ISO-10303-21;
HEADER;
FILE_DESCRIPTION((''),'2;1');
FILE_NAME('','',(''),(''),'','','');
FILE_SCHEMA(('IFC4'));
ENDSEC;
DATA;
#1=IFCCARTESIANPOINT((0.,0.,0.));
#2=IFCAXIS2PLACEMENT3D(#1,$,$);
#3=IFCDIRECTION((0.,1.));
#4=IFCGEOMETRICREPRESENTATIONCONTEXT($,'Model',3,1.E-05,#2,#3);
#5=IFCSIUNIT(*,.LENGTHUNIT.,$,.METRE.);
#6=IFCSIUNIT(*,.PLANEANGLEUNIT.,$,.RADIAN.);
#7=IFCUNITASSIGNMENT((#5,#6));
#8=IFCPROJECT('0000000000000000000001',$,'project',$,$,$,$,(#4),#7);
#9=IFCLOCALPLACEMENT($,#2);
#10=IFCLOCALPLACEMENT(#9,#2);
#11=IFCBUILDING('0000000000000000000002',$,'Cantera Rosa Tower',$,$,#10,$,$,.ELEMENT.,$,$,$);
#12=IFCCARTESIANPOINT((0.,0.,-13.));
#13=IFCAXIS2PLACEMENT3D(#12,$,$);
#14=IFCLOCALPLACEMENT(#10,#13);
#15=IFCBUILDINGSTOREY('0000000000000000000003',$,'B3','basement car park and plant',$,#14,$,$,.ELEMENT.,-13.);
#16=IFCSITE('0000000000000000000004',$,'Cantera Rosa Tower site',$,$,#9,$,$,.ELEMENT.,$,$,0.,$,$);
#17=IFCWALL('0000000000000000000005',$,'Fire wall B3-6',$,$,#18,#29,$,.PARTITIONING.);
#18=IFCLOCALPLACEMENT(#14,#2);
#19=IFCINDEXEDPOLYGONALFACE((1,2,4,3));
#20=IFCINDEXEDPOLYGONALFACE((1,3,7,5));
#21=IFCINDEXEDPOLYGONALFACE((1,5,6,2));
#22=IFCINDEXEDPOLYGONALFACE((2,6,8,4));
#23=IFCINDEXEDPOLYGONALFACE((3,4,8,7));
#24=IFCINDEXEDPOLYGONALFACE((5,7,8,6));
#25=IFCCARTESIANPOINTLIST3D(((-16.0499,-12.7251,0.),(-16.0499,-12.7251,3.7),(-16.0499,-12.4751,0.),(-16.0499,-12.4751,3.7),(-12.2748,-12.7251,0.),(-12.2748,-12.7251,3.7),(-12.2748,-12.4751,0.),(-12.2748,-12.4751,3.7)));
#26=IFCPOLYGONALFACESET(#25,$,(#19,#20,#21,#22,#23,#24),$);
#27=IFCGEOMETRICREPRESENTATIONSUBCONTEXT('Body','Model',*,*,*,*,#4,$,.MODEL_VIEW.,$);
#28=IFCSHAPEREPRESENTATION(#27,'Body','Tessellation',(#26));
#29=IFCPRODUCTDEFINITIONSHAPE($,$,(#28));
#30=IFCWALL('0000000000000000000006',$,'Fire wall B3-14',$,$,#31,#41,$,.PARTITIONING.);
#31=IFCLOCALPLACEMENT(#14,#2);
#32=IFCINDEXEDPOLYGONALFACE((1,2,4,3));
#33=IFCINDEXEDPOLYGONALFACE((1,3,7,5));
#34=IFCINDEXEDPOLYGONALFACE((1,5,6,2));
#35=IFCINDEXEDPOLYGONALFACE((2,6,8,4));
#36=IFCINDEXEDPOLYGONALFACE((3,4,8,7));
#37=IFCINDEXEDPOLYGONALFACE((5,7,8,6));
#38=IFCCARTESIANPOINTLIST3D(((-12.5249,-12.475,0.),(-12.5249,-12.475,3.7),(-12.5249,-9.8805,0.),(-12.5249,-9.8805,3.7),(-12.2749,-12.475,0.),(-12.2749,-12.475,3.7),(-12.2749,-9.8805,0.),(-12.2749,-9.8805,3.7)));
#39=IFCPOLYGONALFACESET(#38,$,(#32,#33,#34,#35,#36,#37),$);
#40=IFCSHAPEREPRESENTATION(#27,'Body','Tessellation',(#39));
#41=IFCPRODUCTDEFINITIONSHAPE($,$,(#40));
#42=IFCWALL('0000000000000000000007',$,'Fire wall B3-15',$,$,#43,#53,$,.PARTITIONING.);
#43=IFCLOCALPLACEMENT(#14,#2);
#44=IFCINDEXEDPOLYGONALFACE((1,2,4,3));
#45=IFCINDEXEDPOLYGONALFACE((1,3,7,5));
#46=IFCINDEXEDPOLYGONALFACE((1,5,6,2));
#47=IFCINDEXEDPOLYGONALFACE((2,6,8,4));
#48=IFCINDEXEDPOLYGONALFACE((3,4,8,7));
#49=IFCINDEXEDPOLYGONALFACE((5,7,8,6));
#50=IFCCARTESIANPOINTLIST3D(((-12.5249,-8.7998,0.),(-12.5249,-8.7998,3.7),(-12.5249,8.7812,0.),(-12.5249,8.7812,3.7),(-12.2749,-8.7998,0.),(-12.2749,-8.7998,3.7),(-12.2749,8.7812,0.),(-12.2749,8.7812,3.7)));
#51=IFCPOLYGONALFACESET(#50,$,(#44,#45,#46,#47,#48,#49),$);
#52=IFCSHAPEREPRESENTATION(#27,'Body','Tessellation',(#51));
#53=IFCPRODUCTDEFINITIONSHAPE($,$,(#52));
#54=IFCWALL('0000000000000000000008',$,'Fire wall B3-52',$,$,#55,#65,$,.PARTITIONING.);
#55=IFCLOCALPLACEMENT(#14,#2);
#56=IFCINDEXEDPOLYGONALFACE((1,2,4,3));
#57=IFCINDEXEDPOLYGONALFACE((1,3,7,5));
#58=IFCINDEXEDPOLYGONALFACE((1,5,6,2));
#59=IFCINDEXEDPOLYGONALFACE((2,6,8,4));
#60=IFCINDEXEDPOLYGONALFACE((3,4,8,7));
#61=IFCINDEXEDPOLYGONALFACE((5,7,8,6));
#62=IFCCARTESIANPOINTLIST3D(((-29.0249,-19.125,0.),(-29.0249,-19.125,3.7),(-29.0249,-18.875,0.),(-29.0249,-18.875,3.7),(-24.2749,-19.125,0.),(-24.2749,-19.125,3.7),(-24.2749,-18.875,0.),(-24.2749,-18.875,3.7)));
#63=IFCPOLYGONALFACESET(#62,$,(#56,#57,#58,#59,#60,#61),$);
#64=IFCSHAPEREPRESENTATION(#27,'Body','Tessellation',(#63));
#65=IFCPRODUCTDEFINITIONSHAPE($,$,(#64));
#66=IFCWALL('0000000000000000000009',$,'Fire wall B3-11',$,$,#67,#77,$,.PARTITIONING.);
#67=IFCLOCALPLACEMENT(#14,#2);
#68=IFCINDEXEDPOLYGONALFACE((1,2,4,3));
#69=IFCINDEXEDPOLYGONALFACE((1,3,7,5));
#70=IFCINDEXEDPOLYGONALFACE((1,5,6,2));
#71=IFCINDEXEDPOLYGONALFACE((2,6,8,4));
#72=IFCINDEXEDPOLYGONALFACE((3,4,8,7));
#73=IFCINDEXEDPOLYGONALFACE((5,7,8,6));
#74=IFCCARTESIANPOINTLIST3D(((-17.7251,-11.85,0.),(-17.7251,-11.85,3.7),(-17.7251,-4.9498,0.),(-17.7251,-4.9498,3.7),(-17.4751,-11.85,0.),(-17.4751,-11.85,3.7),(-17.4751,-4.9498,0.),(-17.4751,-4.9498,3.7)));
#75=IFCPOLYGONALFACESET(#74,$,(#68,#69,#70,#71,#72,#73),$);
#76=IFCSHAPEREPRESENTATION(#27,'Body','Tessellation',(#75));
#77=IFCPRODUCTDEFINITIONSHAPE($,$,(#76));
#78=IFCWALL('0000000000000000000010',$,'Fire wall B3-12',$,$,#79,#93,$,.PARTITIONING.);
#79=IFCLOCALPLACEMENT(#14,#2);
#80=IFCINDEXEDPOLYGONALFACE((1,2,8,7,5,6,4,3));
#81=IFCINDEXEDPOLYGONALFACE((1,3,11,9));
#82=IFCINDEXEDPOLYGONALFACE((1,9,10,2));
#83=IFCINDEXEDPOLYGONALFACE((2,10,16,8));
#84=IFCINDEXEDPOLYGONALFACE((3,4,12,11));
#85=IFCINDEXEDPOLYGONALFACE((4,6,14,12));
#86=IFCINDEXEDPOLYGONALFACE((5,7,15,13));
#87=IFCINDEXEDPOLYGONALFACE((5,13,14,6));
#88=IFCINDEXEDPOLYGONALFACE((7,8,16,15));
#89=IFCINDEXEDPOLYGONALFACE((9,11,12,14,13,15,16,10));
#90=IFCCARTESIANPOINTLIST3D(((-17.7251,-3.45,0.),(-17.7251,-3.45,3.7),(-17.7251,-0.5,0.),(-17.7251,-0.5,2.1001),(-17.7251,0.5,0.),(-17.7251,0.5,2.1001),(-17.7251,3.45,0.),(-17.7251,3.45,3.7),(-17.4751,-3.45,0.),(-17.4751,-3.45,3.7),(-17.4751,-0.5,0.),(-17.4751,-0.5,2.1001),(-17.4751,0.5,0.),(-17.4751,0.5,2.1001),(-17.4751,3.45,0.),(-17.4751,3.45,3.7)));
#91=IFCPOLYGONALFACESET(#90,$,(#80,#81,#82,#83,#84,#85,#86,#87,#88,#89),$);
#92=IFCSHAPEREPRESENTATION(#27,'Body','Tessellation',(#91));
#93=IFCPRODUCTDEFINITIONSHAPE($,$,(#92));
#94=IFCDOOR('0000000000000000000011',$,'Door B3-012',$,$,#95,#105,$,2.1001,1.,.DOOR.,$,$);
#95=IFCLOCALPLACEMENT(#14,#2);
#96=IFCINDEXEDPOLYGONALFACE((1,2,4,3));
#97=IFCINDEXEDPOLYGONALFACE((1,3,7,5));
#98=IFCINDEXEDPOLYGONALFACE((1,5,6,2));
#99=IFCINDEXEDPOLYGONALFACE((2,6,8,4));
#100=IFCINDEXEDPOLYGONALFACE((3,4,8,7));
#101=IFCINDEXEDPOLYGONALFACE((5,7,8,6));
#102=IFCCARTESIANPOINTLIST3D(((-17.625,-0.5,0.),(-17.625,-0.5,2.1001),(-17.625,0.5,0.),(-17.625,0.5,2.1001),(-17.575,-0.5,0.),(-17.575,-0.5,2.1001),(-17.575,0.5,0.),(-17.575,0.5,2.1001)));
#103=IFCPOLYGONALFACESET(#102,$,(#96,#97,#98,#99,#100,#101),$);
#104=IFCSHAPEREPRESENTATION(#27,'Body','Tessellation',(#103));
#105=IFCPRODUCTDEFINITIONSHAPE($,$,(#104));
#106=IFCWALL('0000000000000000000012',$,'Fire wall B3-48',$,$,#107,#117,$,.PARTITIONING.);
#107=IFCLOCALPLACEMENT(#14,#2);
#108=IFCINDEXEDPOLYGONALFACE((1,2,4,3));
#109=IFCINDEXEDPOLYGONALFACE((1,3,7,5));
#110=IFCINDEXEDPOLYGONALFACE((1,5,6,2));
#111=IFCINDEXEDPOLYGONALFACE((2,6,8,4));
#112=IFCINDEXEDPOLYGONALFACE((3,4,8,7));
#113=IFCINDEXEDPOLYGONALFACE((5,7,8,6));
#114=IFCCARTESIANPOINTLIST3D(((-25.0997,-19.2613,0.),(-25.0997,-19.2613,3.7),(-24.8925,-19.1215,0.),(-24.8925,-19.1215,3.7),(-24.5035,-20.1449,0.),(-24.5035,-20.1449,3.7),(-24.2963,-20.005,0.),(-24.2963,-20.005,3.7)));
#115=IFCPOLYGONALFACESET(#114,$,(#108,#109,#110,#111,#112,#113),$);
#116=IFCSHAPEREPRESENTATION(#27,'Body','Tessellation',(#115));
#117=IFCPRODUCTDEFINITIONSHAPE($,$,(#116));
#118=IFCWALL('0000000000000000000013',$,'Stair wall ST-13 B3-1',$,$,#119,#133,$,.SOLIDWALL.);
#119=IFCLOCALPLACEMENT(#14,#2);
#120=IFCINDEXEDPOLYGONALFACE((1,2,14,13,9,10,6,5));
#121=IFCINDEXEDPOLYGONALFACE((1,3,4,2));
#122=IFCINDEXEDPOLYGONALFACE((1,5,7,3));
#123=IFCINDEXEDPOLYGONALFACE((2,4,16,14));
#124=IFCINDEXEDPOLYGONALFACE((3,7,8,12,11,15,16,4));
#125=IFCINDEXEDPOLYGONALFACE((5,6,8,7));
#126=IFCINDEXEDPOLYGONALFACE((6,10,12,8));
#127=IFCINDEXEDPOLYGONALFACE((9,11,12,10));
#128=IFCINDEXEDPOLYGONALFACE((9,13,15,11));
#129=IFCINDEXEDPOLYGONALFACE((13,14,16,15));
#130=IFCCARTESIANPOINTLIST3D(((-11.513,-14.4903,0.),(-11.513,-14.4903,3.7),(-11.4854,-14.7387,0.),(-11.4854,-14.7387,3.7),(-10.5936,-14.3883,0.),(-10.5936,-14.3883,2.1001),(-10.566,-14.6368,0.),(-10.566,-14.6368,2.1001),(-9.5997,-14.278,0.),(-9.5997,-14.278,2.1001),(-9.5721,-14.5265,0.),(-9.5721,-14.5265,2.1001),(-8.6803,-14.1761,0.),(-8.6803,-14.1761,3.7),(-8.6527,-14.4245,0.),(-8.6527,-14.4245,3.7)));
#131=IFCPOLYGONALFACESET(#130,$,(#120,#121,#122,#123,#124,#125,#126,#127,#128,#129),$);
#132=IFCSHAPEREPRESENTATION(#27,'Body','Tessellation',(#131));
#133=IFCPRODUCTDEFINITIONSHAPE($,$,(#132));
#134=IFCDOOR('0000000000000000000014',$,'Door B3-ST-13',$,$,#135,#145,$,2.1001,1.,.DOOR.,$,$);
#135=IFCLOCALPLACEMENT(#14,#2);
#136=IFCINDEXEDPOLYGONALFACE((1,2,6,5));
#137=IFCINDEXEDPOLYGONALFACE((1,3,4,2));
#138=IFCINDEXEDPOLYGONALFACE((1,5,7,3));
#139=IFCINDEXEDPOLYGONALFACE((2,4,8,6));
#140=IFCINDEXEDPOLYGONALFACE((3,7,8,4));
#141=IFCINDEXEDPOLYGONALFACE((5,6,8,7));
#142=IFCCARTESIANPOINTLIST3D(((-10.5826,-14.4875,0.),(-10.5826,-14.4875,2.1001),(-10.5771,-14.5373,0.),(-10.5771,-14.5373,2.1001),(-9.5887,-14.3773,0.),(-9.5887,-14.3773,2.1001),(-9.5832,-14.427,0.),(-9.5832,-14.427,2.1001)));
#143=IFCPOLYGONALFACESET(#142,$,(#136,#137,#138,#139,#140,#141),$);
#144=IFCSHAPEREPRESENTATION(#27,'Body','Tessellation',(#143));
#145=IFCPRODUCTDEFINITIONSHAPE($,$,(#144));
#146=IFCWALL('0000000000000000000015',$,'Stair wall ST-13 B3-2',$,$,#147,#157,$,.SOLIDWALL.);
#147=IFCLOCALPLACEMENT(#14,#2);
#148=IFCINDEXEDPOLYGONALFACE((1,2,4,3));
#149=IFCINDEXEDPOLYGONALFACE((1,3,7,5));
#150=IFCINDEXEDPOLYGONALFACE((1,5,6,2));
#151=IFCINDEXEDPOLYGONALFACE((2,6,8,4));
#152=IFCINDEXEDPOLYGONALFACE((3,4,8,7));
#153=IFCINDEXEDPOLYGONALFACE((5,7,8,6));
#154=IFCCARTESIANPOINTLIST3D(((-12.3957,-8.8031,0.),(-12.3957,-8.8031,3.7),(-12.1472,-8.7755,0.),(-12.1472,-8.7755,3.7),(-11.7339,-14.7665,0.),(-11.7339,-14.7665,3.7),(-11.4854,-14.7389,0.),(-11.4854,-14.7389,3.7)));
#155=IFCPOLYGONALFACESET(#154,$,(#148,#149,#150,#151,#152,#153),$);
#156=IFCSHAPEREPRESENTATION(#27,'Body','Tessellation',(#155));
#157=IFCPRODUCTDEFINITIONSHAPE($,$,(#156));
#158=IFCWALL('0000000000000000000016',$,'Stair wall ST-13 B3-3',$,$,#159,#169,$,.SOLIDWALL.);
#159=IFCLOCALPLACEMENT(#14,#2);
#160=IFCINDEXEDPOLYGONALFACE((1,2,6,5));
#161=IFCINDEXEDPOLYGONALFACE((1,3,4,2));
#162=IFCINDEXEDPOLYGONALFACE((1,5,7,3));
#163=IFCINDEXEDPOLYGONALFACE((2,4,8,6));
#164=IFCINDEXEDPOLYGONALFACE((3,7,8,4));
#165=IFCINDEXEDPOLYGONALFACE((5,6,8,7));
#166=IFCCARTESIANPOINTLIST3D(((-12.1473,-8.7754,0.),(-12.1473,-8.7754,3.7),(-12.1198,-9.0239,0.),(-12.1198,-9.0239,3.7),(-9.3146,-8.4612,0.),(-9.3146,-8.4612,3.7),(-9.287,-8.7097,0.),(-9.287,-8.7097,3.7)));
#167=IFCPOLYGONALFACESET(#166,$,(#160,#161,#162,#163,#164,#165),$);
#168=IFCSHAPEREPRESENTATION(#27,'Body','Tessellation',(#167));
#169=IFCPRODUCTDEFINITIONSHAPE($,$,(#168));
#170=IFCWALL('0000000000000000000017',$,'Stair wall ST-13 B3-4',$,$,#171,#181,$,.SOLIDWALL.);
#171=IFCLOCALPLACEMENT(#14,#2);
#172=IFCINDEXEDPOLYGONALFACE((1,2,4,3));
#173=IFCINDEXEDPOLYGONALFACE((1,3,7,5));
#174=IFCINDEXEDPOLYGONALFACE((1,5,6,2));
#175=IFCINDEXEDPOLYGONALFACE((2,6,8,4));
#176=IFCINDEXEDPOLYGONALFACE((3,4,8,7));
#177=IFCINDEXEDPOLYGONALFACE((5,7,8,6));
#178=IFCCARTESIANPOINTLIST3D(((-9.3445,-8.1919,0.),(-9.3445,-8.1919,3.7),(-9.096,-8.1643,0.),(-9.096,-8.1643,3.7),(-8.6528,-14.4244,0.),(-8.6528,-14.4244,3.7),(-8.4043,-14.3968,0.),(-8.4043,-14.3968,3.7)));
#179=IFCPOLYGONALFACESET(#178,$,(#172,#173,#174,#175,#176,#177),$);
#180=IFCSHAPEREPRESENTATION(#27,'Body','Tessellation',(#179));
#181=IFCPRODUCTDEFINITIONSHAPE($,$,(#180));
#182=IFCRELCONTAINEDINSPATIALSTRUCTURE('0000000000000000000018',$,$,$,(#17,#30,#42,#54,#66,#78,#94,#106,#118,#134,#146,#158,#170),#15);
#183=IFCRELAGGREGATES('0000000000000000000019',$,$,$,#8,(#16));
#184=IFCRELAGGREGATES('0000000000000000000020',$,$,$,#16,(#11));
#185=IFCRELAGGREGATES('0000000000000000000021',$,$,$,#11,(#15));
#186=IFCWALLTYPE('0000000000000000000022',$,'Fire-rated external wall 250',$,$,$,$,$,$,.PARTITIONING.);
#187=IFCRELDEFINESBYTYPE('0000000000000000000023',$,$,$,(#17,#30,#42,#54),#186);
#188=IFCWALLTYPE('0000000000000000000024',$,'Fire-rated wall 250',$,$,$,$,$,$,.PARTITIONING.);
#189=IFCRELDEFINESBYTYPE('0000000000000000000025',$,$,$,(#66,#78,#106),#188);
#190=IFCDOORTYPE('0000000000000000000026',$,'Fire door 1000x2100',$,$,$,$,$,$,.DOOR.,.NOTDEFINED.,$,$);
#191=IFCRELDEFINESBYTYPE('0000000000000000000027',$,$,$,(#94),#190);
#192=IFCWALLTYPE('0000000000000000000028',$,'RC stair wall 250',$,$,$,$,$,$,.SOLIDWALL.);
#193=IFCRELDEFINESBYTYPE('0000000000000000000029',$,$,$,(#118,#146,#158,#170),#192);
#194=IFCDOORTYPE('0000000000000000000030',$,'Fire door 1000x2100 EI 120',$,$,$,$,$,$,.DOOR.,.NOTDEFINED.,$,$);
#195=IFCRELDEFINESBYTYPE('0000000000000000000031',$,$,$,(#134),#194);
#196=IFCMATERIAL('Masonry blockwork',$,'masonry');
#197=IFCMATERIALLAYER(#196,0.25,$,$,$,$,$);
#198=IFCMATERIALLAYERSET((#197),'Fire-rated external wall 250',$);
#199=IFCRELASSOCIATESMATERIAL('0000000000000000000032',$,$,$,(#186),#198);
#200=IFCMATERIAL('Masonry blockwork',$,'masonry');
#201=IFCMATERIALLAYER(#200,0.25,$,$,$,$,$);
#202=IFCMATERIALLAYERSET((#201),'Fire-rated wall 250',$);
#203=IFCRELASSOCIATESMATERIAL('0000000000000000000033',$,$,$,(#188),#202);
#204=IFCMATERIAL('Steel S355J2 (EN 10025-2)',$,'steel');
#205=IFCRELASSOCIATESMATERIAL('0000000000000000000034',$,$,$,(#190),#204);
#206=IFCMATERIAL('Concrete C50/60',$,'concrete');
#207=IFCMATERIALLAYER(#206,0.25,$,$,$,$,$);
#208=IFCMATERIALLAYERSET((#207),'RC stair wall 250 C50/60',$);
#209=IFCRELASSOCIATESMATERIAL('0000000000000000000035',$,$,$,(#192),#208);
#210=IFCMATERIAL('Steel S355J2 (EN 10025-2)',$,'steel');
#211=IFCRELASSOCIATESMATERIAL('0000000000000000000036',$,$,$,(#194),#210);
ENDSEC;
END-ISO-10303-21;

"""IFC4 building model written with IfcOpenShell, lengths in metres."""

from ifc_helpers import new_model, si_unit, direction, frame, frame_2d, origin, place, context, subcontext, project, spatial, rectangle, extrude, material, layer, layer_set, type_object, element, fill, save


model = new_model("IFC4")

# Units and contexts
model_context = context("Model", 3, precision=1e-05, world=origin(), true_north=direction((0.0, 1.0)))
body_context = subcontext(model_context, "Body", "Model", "MODEL_VIEW")
ifc_project = project(units=[si_unit("LENGTHUNIT", "METRE"), si_unit("PLANEANGLEUNIT", "RADIAN")], contexts=[model_context])

# Site, building, storey
site_placement = place(None, origin())
site = spatial("IfcSite", under=ifc_project, at=site_placement, Name="Cantera Rosa Tower site", CompositionType="ELEMENT", RefElevation=0.0)
building_placement = place(site_placement, origin())
building = spatial("IfcBuilding", under=site, at=building_placement, Name="Cantera Rosa Tower", CompositionType="ELEMENT")
storey_placement = place(building_placement, frame((0.0, 0.0, -13.0)))
storey = spatial("IfcBuildingStorey", under=building, at=storey_placement, Name="B3", Description="basement car park and plant", CompositionType="ELEMENT", Elevation=-13.0)

# Walls
ifc_material_1 = material(Name="Masonry blockwork", Category="masonry")
ifc_layer_1 = layer(ifc_material_1, 0.25)
ifc_layer_set_1 = layer_set([ifc_layer_1], Name="Fire-rated external wall 250")
wall_type_1 = type_object("IfcWallType", Name="Fire-rated external wall 250", PredefinedType="PARTITIONING", material=ifc_layer_set_1)
wall_1_placement = place(storey_placement, frame((-16.05, -12.6001, 0.0), z_axis=(0.0, 0.0, 1.0), x_axis=(1.0, 0.0, 0.0)))
element("IfcWall", 1, at=wall_1_placement, inside=storey, type_object=wall_type_1, Name="Fire wall B3-6", PredefinedType="PARTITIONING", context=body_context, shape_type="SweptSolid", body=[
    extrude(rectangle(XDim=3.7751, YDim=0.25, at=frame_2d((1.8877, 0.0))), origin(), (0.0, 0.0, 1.0), 3.7),
])
wall_2_placement = place(storey_placement, frame((-12.3999, -12.4751, 0.0), z_axis=(0.0, 0.0, 1.0), x_axis=(0.0, 1.0, 0.0)))
element("IfcWall", 2, at=wall_2_placement, inside=storey, type_object=wall_type_1, Name="Fire wall B3-14", PredefinedType="PARTITIONING", context=body_context, shape_type="SweptSolid", body=[
    extrude(rectangle(XDim=2.5945, YDim=0.25, at=frame_2d((1.2974, 0.0))), origin(), (0.0, 0.0, 1.0), 3.7),
])
wall_3_placement = place(storey_placement, frame((-12.3999, -8.7998, 0.0), z_axis=(0.0, 0.0, 1.0), x_axis=(0.0, 1.0, 0.0)))
element("IfcWall", 3, at=wall_3_placement, inside=storey, type_object=wall_type_1, Name="Fire wall B3-15", PredefinedType="PARTITIONING", context=body_context, shape_type="SweptSolid", body=[
    extrude(rectangle(XDim=17.5811, YDim=0.25, at=frame_2d((8.7905, 0.0))), origin(), (0.0, 0.0, 1.0), 3.7),
])
wall_4_placement = place(storey_placement, frame((-29.0249, -19.0, 0.0), z_axis=(0.0, 0.0, 1.0), x_axis=(1.0, 0.0, 0.0)))
element("IfcWall", 4, at=wall_4_placement, inside=storey, type_object=wall_type_1, Name="Fire wall B3-52", PredefinedType="PARTITIONING", context=body_context, shape_type="SweptSolid", body=[
    extrude(rectangle(XDim=4.75, YDim=0.25, at=frame_2d((2.375, 0.0))), origin(), (0.0, 0.0, 1.0), 3.7),
])
ifc_material_2 = material(Name="Masonry blockwork", Category="masonry")
ifc_layer_2 = layer(ifc_material_2, 0.25)
ifc_layer_set_2 = layer_set([ifc_layer_2], Name="Fire-rated wall 250")
wall_type_2 = type_object("IfcWallType", Name="Fire-rated wall 250", PredefinedType="PARTITIONING", material=ifc_layer_set_2)
wall_5_placement = place(storey_placement, frame((-17.6001, -11.8501, 0.0), z_axis=(0.0, 0.0, 1.0), x_axis=(0.0, 1.0, 0.0)))
element("IfcWall", 5, at=wall_5_placement, inside=storey, type_object=wall_type_2, Name="Fire wall B3-11", PredefinedType="PARTITIONING", context=body_context, shape_type="SweptSolid", body=[
    extrude(rectangle(XDim=6.9001, YDim=0.25, at=frame_2d((3.4502, 0.0))), origin(), (0.0, 0.0, 1.0), 3.7),
])

# Wall, opening, door
wall_6_placement = place(storey_placement, frame((-17.6001, -3.45, 0.0), z_axis=(0.0, 0.0, 1.0), x_axis=(0.0, 1.0, 0.0)))
wall_6 = element("IfcWall", 6, at=wall_6_placement, inside=storey, type_object=wall_type_2, Name="Fire wall B3-12", PredefinedType="PARTITIONING", context=body_context, shape_type="SweptSolid", body=[
    extrude(rectangle(XDim=6.8999, YDim=0.25, at=frame_2d((3.45, 0.0))), origin(), (0.0, 0.0, 1.0), 3.7),
])
opening_1_placement = place(wall_6_placement, frame((2.95, 0.0, 0.0)))
opening_1 = element("IfcOpeningElement", 7, at=opening_1_placement, cuts=wall_6, PredefinedType="OPENING", context=body_context, shape_type="SweptSolid", body=[
    extrude(rectangle(XDim=1.0, YDim=2.1001, at=frame_2d((0.5, 1.05))), frame((0.0, 0.135, 0.0), z_axis=(0.0, -1.0, 0.0), x_axis=(1.0, 0.0, 0.0)), (0.0, 0.0, 1.0), 0.27),
])
ifc_material_3 = material(Name="Steel S355J2 (EN 10025-2)", Category="steel")
door_type_1 = type_object("IfcDoorType", Name="Fire door 1000x2100", OperationType="NOTDEFINED", PredefinedType="DOOR", material=ifc_material_3)
door_1_placement = place(opening_1_placement, origin())
door_1 = element("IfcDoor", 8, at=door_1_placement, inside=storey, type_object=door_type_1, Name="Door B3-012", OverallHeight=2.1001, OverallWidth=1.0, PredefinedType="DOOR", context=body_context, shape_type="SweptSolid", body=[
    extrude(rectangle(XDim=1.0, YDim=2.1001, at=frame_2d((0.5, 1.05))), frame((0.0, 0.0249, 0.0), z_axis=(0.0, -1.0, 0.0), x_axis=(1.0, 0.0, 0.0)), (0.0, 0.0, 1.0), 0.05),
])
fill(opening_1, door_1)

# Wall
wall_7_placement = place(storey_placement, frame((-24.3999, -20.075, 0.0), z_axis=(0.0, 0.0, 1.0), x_axis=(-0.559343, 0.828936, 0.0)))
element("IfcWall", 9, at=wall_7_placement, inside=storey, type_object=wall_type_2, Name="Fire wall B3-48", PredefinedType="PARTITIONING", context=body_context, shape_type="SweptSolid", body=[
    extrude(rectangle(XDim=1.0659, YDim=0.25, at=frame_2d((0.533, 0.0))), origin(), (0.0, 0.0, 1.0), 3.7),
])

# Wall, opening, door
ifc_material_4 = material(Name="Concrete C50/60", Category="concrete")
ifc_layer_3 = layer(ifc_material_4, 0.25)
ifc_layer_set_3 = layer_set([ifc_layer_3], Name="RC stair wall 250 C50/60")
wall_type_3 = type_object("IfcWallType", Name="RC stair wall 250", PredefinedType="SOLIDWALL", material=ifc_layer_set_3)
wall_8_placement = place(storey_placement, frame((-8.6665, -14.3003, 0.0), z_axis=(0.0, 0.0, 1.0), x_axis=(-0.993905, -0.110243, 0.0)))
wall_8 = element("IfcWall", 10, at=wall_8_placement, inside=storey, type_object=wall_type_3, Name="Stair wall ST-13 B3-1", PredefinedType="SOLIDWALL", context=body_context, shape_type="SweptSolid", body=[
    extrude(rectangle(XDim=2.8501, YDim=0.25, at=frame_2d((1.425, 0.0))), origin(), (0.0, 0.0, 1.0), 3.7),
])
opening_2_placement = place(wall_8_placement, frame((0.925, 0.0, 0.0)))
opening_2 = element("IfcOpeningElement", 11, at=opening_2_placement, cuts=wall_8, PredefinedType="OPENING", context=body_context, shape_type="SweptSolid", body=[
    extrude(rectangle(XDim=1.0, YDim=2.1001, at=frame_2d((0.5, 1.05))), frame((0.0, 0.135, 0.0), z_axis=(0.0, -1.0, 0.0), x_axis=(1.0, 0.0, 0.0)), (0.0, 0.0, 1.0), 0.27),
])
ifc_material_5 = material(Name="Steel S355J2 (EN 10025-2)", Category="steel")
door_type_2 = type_object("IfcDoorType", Name="Fire door 1000x2100 EI 120", OperationType="NOTDEFINED", PredefinedType="DOOR", material=ifc_material_5)
door_2_placement = place(opening_2_placement, origin())
door_2 = element("IfcDoor", 12, at=door_2_placement, inside=storey, type_object=door_type_2, Name="Door B3-ST-13", OverallHeight=2.1001, OverallWidth=1.0, PredefinedType="DOOR", context=body_context, shape_type="SweptSolid", body=[
    extrude(rectangle(XDim=1.0, YDim=2.1001, at=frame_2d((0.5, 1.05))), frame((0.0, 0.0249, 0.0), z_axis=(0.0, -1.0, 0.0), x_axis=(1.0, 0.0, 0.0)), (0.0, 0.0, 1.0), 0.05),
])
fill(opening_2, door_2)

# Walls
wall_9_placement = place(storey_placement, frame((-11.6096, -14.7527, 0.0), z_axis=(0.0, 0.0, 1.0), x_axis=(-0.110311, 0.993897, 0.0)))
element("IfcWall", 13, at=wall_9_placement, inside=storey, type_object=wall_type_3, Name="Stair wall ST-13 B3-2", PredefinedType="SOLIDWALL", context=body_context, shape_type="SweptSolid", body=[
    extrude(rectangle(XDim=6.0, YDim=0.25, at=frame_2d((3.0, 0.0))), origin(), (0.0, 0.0, 1.0), 3.7),
])
wall_10_placement = place(storey_placement, frame((-12.1335, -8.8997, 0.0), z_axis=(0.0, 0.0, 1.0), x_axis=(0.993905, 0.110243, 0.0)))
element("IfcWall", 14, at=wall_10_placement, inside=storey, type_object=wall_type_3, Name="Stair wall ST-13 B3-3", PredefinedType="SOLIDWALL", context=body_context, shape_type="SweptSolid", body=[
    extrude(rectangle(XDim=2.8501, YDim=0.25, at=frame_2d((1.425, 0.0))), origin(), (0.0, 0.0, 1.0), 3.7),
])
wall_11_placement = place(storey_placement, frame((-9.2202, -8.1782, 0.0), z_axis=(0.0, 0.0, 1.0), x_axis=(0.110299, -0.993898, 0.0)))
element("IfcWall", 15, at=wall_11_placement, inside=storey, type_object=wall_type_3, Name="Stair wall ST-13 B3-4", PredefinedType="SOLIDWALL", context=body_context, shape_type="SweptSolid", body=[
    extrude(rectangle(XDim=6.2708, YDim=0.25, at=frame_2d((3.1353, 0.0))), origin(), (0.0, 0.0, 1.0), 3.7),
])

save(model, "model.ifc")
